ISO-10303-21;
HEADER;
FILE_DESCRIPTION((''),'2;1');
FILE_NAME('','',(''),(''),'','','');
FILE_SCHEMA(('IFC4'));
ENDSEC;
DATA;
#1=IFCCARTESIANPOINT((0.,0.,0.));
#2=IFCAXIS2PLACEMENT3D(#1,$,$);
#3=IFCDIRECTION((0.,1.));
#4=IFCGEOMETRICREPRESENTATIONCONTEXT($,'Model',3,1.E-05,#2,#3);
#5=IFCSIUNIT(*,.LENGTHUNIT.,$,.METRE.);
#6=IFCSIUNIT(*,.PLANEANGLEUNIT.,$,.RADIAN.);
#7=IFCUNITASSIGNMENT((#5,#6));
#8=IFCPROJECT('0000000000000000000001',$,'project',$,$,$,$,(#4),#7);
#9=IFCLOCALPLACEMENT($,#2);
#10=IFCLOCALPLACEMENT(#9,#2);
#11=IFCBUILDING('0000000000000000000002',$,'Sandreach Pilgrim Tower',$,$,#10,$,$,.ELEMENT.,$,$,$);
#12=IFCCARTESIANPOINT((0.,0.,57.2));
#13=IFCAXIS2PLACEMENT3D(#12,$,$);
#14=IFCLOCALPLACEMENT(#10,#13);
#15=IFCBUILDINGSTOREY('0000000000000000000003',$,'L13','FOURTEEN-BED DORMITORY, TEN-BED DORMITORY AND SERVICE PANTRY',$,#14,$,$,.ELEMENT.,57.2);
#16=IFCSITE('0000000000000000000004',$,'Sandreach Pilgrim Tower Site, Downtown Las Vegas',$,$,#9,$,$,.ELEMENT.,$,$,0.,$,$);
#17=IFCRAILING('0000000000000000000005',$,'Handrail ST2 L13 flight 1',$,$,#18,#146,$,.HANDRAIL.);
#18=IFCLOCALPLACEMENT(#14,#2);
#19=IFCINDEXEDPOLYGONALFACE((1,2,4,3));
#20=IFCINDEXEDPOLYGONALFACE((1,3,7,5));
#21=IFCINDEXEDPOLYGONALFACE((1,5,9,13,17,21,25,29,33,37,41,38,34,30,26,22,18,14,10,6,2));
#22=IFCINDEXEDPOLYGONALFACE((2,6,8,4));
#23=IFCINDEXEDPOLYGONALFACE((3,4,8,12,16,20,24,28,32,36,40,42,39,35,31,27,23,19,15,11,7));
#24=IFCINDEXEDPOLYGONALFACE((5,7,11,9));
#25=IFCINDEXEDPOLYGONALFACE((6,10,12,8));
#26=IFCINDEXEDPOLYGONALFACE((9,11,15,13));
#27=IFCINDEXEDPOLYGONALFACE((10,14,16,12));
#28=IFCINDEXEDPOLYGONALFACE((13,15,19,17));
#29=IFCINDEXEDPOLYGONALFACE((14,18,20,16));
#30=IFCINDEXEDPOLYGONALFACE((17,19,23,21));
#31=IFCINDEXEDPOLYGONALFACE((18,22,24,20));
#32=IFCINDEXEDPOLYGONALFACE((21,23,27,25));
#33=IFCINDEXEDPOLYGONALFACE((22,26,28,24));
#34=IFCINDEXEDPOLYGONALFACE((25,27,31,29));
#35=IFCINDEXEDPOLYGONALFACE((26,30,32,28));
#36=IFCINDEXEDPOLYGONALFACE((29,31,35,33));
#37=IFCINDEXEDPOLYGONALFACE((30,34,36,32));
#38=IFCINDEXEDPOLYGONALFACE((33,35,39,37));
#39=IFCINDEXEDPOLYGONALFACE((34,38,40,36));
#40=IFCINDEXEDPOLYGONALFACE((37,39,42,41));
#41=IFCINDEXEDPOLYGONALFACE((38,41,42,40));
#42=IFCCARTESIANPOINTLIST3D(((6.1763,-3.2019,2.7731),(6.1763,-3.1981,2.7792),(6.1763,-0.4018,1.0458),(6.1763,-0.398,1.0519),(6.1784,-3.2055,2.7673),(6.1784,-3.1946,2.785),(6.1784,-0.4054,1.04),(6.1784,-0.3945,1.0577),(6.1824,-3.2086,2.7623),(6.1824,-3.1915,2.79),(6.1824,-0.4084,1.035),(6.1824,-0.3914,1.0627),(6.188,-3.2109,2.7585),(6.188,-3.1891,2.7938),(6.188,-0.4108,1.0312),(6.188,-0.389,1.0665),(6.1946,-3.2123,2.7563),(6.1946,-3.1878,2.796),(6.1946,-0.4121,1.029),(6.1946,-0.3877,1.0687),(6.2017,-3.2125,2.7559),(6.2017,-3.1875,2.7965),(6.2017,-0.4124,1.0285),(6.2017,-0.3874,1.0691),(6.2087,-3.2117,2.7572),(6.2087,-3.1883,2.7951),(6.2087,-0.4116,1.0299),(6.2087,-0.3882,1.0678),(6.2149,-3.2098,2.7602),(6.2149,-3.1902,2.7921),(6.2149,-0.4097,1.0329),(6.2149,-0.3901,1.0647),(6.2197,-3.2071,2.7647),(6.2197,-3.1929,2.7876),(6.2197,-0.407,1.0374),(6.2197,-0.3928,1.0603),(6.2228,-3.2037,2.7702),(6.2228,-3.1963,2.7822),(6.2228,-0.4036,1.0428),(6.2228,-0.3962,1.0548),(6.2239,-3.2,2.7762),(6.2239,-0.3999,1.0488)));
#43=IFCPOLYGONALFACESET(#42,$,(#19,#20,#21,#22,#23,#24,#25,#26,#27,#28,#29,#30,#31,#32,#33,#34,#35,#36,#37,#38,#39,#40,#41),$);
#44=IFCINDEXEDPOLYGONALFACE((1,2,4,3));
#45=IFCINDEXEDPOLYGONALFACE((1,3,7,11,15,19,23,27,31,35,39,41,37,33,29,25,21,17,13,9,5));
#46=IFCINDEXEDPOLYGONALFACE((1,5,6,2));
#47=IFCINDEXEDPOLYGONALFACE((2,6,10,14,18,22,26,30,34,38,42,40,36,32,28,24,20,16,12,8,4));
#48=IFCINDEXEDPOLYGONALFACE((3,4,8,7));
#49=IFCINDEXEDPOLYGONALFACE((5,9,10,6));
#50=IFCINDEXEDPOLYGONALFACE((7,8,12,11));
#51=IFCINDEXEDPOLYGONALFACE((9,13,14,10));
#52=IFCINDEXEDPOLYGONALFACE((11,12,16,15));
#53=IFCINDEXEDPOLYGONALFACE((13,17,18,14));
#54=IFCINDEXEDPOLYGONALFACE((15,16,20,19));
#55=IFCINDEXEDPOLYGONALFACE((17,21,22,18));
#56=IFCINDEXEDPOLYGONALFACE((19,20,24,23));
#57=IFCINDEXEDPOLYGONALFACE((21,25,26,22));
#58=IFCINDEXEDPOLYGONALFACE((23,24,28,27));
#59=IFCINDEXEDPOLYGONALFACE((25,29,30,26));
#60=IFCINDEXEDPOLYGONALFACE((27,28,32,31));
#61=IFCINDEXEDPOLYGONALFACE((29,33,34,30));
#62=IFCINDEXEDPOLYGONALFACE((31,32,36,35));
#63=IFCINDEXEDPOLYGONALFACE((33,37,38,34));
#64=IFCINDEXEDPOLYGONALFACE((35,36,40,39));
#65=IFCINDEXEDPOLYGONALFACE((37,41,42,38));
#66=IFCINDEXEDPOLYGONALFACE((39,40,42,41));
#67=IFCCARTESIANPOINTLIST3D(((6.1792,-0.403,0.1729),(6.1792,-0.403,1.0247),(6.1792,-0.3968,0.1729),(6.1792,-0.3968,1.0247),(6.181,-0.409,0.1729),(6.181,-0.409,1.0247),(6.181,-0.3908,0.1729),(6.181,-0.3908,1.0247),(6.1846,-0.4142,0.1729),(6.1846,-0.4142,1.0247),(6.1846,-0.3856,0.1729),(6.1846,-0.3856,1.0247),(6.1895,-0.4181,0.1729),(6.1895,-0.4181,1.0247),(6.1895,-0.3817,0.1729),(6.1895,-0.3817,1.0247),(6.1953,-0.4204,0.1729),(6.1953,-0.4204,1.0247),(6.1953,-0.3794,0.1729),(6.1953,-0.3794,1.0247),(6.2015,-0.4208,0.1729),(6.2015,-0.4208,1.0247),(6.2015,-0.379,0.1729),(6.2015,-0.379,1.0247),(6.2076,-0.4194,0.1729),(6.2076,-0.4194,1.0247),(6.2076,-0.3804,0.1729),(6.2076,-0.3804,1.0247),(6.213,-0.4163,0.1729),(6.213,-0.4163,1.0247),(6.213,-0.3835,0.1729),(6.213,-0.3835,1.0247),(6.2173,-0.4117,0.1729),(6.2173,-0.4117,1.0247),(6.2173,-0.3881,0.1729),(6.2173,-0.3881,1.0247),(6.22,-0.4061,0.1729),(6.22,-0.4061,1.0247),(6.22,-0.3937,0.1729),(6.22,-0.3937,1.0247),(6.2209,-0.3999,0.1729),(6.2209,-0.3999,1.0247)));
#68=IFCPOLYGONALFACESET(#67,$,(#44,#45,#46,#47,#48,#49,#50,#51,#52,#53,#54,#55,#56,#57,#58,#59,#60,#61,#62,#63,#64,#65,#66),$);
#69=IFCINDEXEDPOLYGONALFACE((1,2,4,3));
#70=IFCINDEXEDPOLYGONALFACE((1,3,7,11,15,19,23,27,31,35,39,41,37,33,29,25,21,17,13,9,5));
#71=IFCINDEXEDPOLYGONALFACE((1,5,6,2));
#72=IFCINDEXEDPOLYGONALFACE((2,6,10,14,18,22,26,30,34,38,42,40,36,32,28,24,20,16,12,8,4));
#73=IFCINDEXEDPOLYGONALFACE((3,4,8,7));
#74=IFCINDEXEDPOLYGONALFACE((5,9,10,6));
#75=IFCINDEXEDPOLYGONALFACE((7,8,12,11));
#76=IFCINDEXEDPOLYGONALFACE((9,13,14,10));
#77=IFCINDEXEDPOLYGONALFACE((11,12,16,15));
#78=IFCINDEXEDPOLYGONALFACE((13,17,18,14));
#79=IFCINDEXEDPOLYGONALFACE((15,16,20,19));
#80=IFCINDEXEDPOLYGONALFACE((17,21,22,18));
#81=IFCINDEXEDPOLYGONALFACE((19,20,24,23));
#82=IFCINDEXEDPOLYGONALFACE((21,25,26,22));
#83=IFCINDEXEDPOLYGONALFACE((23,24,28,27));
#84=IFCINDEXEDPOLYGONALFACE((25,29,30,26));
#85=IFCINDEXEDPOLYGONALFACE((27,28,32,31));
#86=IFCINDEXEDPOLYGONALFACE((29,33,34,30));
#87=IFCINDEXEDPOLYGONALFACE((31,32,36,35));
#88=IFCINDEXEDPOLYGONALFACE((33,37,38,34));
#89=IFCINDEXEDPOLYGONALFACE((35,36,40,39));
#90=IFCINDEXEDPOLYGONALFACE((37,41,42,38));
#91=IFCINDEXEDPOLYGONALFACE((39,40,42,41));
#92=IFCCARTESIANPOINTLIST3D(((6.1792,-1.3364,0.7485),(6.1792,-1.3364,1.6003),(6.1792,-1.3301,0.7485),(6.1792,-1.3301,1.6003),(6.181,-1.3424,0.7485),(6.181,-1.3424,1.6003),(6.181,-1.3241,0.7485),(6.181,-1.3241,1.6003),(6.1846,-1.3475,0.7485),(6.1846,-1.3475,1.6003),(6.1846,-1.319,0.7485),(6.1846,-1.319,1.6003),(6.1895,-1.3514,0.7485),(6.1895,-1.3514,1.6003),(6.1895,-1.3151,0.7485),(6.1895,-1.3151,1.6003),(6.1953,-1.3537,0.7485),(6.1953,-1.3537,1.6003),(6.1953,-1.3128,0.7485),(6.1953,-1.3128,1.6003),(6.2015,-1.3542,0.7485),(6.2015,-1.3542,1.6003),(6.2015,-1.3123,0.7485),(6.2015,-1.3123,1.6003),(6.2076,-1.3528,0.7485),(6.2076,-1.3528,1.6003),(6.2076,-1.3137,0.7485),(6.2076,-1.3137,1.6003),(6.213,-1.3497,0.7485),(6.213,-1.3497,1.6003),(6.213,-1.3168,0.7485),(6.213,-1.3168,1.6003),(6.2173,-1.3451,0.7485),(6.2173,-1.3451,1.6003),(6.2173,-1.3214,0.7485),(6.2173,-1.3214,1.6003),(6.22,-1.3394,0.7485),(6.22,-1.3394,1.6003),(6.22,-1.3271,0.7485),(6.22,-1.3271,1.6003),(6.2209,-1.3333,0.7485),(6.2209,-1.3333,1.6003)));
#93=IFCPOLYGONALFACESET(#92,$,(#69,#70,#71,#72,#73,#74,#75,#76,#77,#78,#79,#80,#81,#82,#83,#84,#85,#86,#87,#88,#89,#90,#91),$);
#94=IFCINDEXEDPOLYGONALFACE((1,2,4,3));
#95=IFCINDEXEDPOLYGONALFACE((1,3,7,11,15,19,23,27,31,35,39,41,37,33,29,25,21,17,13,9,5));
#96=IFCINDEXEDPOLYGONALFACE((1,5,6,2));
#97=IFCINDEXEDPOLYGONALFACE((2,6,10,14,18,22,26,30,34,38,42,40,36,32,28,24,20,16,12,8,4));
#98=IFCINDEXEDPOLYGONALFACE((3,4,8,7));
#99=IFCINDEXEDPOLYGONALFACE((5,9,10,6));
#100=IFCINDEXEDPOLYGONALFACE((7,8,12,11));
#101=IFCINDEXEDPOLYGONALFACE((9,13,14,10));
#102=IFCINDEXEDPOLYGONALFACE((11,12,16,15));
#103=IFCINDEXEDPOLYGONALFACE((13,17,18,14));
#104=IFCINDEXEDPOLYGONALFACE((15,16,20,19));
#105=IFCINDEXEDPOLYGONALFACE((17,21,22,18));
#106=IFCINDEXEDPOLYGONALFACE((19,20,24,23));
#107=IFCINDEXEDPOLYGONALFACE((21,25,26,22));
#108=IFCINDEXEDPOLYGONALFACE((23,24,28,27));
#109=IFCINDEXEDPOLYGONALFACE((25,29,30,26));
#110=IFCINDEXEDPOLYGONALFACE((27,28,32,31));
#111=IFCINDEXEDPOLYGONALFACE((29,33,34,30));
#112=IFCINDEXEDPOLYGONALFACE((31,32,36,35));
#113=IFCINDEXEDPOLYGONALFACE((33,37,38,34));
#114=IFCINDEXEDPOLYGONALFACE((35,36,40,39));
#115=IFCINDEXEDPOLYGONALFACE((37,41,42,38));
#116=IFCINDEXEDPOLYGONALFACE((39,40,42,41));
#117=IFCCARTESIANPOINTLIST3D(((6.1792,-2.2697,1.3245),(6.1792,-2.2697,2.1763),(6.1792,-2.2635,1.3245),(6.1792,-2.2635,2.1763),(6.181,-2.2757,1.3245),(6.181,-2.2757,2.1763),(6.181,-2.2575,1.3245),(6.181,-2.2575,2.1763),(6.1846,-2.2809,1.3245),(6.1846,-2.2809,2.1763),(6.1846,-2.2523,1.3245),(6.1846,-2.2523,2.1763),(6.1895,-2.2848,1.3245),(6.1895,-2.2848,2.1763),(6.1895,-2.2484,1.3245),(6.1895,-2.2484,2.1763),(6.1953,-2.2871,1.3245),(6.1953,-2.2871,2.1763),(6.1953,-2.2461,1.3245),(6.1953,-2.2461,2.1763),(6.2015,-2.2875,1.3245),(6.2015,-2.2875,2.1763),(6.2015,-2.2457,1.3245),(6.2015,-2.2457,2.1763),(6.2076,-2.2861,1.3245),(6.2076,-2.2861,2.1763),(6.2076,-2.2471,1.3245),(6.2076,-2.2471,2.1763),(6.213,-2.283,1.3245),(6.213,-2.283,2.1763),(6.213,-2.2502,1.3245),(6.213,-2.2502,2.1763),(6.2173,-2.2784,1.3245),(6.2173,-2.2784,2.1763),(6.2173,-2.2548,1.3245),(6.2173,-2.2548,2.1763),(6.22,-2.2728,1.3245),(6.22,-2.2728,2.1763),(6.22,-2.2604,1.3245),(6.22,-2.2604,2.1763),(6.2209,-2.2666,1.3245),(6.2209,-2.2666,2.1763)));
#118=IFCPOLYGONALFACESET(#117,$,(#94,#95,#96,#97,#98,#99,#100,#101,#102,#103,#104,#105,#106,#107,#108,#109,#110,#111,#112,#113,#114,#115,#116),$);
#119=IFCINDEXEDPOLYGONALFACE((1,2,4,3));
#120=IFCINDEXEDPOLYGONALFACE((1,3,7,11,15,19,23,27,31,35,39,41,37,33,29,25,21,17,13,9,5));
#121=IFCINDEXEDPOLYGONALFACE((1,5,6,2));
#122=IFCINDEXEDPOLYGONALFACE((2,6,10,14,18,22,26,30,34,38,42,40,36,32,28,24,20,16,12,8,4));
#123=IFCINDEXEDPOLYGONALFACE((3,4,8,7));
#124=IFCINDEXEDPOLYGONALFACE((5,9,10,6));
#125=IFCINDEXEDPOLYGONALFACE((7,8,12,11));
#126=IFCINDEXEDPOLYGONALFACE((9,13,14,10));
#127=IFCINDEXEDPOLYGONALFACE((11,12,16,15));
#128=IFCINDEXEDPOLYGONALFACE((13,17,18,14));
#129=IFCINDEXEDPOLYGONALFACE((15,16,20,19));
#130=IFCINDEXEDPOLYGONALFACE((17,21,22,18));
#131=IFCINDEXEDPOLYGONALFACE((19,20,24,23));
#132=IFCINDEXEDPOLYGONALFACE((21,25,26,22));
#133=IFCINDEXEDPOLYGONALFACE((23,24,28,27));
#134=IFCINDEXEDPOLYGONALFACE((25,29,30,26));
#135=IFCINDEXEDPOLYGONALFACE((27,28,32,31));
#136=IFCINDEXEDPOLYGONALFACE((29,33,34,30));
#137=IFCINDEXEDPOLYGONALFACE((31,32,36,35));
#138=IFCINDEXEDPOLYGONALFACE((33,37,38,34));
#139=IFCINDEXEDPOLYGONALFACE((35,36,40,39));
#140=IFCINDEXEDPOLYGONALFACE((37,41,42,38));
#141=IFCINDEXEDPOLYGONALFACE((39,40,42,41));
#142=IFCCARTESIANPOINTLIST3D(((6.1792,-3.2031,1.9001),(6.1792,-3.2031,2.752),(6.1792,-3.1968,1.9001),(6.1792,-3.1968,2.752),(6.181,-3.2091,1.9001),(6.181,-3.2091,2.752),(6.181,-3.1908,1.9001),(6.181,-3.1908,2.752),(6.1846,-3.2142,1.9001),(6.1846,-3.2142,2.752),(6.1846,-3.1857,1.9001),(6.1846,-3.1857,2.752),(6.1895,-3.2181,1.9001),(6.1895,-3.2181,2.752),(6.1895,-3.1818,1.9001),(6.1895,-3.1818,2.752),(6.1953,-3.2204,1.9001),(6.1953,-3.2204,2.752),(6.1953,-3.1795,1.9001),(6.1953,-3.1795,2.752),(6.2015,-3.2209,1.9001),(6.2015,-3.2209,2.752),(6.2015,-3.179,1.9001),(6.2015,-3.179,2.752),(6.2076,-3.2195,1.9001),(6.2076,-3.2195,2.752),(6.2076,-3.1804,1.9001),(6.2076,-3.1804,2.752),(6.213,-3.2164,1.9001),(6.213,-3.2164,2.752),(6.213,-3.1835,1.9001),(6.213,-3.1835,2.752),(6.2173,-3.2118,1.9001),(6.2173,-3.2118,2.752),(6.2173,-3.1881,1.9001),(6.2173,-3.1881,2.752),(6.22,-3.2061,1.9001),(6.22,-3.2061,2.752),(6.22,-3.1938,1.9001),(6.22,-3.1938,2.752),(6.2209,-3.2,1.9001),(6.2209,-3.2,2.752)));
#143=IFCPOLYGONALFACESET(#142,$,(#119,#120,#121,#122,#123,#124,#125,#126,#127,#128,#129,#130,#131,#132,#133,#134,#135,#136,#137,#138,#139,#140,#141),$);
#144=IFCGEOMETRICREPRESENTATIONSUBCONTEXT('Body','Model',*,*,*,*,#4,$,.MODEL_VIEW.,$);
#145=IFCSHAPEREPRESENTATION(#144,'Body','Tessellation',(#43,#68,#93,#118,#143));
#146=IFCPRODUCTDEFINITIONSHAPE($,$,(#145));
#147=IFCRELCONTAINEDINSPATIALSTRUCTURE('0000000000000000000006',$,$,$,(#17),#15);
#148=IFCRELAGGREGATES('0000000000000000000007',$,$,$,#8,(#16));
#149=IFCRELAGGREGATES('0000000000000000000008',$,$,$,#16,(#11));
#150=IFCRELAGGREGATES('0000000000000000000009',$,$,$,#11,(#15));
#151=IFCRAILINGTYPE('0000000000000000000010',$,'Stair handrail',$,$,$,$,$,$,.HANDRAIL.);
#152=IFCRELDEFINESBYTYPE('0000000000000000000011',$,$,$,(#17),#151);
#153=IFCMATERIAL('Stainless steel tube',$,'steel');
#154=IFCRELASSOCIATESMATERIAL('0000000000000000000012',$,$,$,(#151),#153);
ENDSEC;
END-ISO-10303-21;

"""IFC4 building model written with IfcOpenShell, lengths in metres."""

from ifc_helpers import new_model, si_unit, direction, frame, origin, origin_2d, place, context, subcontext, project, spatial, circle, extrude, material, type_object, element, save


model = new_model("IFC4")

# Units and contexts
model_context = context("Model", 3, precision=1e-05, world=origin(), true_north=direction((0.0, 1.0)))
body_context = subcontext(model_context, "Body", "Model", "MODEL_VIEW")
ifc_project = project(units=[si_unit("LENGTHUNIT", "METRE"), si_unit("PLANEANGLEUNIT", "RADIAN")], contexts=[model_context])

# Site, building, storey
site_placement = place(None, origin())
site = spatial("IfcSite", under=ifc_project, at=site_placement, Name="Sandreach Pilgrim Tower Site, Downtown Las Vegas", CompositionType="ELEMENT", RefElevation=0.0)
building_placement = place(site_placement, origin())
building = spatial("IfcBuilding", under=site, at=building_placement, Name="Sandreach Pilgrim Tower", CompositionType="ELEMENT")
storey_placement = place(building_placement, frame((0.0, 0.0, 57.2)))
storey = spatial("IfcBuildingStorey", under=building, at=storey_placement, Name="L13", Description="FOURTEEN-BED DORMITORY, TEN-BED DORMITORY AND SERVICE PANTRY", CompositionType="ELEMENT", Elevation=57.2)

# Railing
ifc_material_1 = material(Name="Stainless steel tube", Category="steel")
railing_type = type_object("IfcRailingType", Name="Stair handrail", PredefinedType="HANDRAIL", material=ifc_material_1)
railing_placement = place(storey_placement, frame((6.2, -0.3999, 0.1729)))
element("IfcRailing", 1, at=railing_placement, inside=storey, type_object=railing_type, Name="Handrail ST2 L13 flight 1", PredefinedType="HANDRAIL", context=body_context, shape_type="SweptSolid", body=[
    extrude(circle(Radius=0.0239, at=origin_2d()), frame((0.0, 0.0, 0.876), z_axis=(0.0, -0.85109, 0.52502), x_axis=(1.0, 0.0, 0.0)), (0.0, 0.0, 1.0), 3.29),
    extrude(circle(Radius=0.021, at=origin_2d()), origin(), (0.0, 0.0, 1.0), 0.8518),
    extrude(circle(Radius=0.021, at=origin_2d()), frame((0.0, -0.9333, 0.5757)), (0.0, 0.0, 1.0), 0.8518),
    extrude(circle(Radius=0.021, at=origin_2d()), frame((0.0, -1.8667, 1.1516)), (0.0, 0.0, 1.0), 0.8518),
    extrude(circle(Radius=0.021, at=origin_2d()), frame((0.0, -2.8, 1.7273)), (0.0, 0.0, 1.0), 0.8518),
])

save(model, "model.ifc")
